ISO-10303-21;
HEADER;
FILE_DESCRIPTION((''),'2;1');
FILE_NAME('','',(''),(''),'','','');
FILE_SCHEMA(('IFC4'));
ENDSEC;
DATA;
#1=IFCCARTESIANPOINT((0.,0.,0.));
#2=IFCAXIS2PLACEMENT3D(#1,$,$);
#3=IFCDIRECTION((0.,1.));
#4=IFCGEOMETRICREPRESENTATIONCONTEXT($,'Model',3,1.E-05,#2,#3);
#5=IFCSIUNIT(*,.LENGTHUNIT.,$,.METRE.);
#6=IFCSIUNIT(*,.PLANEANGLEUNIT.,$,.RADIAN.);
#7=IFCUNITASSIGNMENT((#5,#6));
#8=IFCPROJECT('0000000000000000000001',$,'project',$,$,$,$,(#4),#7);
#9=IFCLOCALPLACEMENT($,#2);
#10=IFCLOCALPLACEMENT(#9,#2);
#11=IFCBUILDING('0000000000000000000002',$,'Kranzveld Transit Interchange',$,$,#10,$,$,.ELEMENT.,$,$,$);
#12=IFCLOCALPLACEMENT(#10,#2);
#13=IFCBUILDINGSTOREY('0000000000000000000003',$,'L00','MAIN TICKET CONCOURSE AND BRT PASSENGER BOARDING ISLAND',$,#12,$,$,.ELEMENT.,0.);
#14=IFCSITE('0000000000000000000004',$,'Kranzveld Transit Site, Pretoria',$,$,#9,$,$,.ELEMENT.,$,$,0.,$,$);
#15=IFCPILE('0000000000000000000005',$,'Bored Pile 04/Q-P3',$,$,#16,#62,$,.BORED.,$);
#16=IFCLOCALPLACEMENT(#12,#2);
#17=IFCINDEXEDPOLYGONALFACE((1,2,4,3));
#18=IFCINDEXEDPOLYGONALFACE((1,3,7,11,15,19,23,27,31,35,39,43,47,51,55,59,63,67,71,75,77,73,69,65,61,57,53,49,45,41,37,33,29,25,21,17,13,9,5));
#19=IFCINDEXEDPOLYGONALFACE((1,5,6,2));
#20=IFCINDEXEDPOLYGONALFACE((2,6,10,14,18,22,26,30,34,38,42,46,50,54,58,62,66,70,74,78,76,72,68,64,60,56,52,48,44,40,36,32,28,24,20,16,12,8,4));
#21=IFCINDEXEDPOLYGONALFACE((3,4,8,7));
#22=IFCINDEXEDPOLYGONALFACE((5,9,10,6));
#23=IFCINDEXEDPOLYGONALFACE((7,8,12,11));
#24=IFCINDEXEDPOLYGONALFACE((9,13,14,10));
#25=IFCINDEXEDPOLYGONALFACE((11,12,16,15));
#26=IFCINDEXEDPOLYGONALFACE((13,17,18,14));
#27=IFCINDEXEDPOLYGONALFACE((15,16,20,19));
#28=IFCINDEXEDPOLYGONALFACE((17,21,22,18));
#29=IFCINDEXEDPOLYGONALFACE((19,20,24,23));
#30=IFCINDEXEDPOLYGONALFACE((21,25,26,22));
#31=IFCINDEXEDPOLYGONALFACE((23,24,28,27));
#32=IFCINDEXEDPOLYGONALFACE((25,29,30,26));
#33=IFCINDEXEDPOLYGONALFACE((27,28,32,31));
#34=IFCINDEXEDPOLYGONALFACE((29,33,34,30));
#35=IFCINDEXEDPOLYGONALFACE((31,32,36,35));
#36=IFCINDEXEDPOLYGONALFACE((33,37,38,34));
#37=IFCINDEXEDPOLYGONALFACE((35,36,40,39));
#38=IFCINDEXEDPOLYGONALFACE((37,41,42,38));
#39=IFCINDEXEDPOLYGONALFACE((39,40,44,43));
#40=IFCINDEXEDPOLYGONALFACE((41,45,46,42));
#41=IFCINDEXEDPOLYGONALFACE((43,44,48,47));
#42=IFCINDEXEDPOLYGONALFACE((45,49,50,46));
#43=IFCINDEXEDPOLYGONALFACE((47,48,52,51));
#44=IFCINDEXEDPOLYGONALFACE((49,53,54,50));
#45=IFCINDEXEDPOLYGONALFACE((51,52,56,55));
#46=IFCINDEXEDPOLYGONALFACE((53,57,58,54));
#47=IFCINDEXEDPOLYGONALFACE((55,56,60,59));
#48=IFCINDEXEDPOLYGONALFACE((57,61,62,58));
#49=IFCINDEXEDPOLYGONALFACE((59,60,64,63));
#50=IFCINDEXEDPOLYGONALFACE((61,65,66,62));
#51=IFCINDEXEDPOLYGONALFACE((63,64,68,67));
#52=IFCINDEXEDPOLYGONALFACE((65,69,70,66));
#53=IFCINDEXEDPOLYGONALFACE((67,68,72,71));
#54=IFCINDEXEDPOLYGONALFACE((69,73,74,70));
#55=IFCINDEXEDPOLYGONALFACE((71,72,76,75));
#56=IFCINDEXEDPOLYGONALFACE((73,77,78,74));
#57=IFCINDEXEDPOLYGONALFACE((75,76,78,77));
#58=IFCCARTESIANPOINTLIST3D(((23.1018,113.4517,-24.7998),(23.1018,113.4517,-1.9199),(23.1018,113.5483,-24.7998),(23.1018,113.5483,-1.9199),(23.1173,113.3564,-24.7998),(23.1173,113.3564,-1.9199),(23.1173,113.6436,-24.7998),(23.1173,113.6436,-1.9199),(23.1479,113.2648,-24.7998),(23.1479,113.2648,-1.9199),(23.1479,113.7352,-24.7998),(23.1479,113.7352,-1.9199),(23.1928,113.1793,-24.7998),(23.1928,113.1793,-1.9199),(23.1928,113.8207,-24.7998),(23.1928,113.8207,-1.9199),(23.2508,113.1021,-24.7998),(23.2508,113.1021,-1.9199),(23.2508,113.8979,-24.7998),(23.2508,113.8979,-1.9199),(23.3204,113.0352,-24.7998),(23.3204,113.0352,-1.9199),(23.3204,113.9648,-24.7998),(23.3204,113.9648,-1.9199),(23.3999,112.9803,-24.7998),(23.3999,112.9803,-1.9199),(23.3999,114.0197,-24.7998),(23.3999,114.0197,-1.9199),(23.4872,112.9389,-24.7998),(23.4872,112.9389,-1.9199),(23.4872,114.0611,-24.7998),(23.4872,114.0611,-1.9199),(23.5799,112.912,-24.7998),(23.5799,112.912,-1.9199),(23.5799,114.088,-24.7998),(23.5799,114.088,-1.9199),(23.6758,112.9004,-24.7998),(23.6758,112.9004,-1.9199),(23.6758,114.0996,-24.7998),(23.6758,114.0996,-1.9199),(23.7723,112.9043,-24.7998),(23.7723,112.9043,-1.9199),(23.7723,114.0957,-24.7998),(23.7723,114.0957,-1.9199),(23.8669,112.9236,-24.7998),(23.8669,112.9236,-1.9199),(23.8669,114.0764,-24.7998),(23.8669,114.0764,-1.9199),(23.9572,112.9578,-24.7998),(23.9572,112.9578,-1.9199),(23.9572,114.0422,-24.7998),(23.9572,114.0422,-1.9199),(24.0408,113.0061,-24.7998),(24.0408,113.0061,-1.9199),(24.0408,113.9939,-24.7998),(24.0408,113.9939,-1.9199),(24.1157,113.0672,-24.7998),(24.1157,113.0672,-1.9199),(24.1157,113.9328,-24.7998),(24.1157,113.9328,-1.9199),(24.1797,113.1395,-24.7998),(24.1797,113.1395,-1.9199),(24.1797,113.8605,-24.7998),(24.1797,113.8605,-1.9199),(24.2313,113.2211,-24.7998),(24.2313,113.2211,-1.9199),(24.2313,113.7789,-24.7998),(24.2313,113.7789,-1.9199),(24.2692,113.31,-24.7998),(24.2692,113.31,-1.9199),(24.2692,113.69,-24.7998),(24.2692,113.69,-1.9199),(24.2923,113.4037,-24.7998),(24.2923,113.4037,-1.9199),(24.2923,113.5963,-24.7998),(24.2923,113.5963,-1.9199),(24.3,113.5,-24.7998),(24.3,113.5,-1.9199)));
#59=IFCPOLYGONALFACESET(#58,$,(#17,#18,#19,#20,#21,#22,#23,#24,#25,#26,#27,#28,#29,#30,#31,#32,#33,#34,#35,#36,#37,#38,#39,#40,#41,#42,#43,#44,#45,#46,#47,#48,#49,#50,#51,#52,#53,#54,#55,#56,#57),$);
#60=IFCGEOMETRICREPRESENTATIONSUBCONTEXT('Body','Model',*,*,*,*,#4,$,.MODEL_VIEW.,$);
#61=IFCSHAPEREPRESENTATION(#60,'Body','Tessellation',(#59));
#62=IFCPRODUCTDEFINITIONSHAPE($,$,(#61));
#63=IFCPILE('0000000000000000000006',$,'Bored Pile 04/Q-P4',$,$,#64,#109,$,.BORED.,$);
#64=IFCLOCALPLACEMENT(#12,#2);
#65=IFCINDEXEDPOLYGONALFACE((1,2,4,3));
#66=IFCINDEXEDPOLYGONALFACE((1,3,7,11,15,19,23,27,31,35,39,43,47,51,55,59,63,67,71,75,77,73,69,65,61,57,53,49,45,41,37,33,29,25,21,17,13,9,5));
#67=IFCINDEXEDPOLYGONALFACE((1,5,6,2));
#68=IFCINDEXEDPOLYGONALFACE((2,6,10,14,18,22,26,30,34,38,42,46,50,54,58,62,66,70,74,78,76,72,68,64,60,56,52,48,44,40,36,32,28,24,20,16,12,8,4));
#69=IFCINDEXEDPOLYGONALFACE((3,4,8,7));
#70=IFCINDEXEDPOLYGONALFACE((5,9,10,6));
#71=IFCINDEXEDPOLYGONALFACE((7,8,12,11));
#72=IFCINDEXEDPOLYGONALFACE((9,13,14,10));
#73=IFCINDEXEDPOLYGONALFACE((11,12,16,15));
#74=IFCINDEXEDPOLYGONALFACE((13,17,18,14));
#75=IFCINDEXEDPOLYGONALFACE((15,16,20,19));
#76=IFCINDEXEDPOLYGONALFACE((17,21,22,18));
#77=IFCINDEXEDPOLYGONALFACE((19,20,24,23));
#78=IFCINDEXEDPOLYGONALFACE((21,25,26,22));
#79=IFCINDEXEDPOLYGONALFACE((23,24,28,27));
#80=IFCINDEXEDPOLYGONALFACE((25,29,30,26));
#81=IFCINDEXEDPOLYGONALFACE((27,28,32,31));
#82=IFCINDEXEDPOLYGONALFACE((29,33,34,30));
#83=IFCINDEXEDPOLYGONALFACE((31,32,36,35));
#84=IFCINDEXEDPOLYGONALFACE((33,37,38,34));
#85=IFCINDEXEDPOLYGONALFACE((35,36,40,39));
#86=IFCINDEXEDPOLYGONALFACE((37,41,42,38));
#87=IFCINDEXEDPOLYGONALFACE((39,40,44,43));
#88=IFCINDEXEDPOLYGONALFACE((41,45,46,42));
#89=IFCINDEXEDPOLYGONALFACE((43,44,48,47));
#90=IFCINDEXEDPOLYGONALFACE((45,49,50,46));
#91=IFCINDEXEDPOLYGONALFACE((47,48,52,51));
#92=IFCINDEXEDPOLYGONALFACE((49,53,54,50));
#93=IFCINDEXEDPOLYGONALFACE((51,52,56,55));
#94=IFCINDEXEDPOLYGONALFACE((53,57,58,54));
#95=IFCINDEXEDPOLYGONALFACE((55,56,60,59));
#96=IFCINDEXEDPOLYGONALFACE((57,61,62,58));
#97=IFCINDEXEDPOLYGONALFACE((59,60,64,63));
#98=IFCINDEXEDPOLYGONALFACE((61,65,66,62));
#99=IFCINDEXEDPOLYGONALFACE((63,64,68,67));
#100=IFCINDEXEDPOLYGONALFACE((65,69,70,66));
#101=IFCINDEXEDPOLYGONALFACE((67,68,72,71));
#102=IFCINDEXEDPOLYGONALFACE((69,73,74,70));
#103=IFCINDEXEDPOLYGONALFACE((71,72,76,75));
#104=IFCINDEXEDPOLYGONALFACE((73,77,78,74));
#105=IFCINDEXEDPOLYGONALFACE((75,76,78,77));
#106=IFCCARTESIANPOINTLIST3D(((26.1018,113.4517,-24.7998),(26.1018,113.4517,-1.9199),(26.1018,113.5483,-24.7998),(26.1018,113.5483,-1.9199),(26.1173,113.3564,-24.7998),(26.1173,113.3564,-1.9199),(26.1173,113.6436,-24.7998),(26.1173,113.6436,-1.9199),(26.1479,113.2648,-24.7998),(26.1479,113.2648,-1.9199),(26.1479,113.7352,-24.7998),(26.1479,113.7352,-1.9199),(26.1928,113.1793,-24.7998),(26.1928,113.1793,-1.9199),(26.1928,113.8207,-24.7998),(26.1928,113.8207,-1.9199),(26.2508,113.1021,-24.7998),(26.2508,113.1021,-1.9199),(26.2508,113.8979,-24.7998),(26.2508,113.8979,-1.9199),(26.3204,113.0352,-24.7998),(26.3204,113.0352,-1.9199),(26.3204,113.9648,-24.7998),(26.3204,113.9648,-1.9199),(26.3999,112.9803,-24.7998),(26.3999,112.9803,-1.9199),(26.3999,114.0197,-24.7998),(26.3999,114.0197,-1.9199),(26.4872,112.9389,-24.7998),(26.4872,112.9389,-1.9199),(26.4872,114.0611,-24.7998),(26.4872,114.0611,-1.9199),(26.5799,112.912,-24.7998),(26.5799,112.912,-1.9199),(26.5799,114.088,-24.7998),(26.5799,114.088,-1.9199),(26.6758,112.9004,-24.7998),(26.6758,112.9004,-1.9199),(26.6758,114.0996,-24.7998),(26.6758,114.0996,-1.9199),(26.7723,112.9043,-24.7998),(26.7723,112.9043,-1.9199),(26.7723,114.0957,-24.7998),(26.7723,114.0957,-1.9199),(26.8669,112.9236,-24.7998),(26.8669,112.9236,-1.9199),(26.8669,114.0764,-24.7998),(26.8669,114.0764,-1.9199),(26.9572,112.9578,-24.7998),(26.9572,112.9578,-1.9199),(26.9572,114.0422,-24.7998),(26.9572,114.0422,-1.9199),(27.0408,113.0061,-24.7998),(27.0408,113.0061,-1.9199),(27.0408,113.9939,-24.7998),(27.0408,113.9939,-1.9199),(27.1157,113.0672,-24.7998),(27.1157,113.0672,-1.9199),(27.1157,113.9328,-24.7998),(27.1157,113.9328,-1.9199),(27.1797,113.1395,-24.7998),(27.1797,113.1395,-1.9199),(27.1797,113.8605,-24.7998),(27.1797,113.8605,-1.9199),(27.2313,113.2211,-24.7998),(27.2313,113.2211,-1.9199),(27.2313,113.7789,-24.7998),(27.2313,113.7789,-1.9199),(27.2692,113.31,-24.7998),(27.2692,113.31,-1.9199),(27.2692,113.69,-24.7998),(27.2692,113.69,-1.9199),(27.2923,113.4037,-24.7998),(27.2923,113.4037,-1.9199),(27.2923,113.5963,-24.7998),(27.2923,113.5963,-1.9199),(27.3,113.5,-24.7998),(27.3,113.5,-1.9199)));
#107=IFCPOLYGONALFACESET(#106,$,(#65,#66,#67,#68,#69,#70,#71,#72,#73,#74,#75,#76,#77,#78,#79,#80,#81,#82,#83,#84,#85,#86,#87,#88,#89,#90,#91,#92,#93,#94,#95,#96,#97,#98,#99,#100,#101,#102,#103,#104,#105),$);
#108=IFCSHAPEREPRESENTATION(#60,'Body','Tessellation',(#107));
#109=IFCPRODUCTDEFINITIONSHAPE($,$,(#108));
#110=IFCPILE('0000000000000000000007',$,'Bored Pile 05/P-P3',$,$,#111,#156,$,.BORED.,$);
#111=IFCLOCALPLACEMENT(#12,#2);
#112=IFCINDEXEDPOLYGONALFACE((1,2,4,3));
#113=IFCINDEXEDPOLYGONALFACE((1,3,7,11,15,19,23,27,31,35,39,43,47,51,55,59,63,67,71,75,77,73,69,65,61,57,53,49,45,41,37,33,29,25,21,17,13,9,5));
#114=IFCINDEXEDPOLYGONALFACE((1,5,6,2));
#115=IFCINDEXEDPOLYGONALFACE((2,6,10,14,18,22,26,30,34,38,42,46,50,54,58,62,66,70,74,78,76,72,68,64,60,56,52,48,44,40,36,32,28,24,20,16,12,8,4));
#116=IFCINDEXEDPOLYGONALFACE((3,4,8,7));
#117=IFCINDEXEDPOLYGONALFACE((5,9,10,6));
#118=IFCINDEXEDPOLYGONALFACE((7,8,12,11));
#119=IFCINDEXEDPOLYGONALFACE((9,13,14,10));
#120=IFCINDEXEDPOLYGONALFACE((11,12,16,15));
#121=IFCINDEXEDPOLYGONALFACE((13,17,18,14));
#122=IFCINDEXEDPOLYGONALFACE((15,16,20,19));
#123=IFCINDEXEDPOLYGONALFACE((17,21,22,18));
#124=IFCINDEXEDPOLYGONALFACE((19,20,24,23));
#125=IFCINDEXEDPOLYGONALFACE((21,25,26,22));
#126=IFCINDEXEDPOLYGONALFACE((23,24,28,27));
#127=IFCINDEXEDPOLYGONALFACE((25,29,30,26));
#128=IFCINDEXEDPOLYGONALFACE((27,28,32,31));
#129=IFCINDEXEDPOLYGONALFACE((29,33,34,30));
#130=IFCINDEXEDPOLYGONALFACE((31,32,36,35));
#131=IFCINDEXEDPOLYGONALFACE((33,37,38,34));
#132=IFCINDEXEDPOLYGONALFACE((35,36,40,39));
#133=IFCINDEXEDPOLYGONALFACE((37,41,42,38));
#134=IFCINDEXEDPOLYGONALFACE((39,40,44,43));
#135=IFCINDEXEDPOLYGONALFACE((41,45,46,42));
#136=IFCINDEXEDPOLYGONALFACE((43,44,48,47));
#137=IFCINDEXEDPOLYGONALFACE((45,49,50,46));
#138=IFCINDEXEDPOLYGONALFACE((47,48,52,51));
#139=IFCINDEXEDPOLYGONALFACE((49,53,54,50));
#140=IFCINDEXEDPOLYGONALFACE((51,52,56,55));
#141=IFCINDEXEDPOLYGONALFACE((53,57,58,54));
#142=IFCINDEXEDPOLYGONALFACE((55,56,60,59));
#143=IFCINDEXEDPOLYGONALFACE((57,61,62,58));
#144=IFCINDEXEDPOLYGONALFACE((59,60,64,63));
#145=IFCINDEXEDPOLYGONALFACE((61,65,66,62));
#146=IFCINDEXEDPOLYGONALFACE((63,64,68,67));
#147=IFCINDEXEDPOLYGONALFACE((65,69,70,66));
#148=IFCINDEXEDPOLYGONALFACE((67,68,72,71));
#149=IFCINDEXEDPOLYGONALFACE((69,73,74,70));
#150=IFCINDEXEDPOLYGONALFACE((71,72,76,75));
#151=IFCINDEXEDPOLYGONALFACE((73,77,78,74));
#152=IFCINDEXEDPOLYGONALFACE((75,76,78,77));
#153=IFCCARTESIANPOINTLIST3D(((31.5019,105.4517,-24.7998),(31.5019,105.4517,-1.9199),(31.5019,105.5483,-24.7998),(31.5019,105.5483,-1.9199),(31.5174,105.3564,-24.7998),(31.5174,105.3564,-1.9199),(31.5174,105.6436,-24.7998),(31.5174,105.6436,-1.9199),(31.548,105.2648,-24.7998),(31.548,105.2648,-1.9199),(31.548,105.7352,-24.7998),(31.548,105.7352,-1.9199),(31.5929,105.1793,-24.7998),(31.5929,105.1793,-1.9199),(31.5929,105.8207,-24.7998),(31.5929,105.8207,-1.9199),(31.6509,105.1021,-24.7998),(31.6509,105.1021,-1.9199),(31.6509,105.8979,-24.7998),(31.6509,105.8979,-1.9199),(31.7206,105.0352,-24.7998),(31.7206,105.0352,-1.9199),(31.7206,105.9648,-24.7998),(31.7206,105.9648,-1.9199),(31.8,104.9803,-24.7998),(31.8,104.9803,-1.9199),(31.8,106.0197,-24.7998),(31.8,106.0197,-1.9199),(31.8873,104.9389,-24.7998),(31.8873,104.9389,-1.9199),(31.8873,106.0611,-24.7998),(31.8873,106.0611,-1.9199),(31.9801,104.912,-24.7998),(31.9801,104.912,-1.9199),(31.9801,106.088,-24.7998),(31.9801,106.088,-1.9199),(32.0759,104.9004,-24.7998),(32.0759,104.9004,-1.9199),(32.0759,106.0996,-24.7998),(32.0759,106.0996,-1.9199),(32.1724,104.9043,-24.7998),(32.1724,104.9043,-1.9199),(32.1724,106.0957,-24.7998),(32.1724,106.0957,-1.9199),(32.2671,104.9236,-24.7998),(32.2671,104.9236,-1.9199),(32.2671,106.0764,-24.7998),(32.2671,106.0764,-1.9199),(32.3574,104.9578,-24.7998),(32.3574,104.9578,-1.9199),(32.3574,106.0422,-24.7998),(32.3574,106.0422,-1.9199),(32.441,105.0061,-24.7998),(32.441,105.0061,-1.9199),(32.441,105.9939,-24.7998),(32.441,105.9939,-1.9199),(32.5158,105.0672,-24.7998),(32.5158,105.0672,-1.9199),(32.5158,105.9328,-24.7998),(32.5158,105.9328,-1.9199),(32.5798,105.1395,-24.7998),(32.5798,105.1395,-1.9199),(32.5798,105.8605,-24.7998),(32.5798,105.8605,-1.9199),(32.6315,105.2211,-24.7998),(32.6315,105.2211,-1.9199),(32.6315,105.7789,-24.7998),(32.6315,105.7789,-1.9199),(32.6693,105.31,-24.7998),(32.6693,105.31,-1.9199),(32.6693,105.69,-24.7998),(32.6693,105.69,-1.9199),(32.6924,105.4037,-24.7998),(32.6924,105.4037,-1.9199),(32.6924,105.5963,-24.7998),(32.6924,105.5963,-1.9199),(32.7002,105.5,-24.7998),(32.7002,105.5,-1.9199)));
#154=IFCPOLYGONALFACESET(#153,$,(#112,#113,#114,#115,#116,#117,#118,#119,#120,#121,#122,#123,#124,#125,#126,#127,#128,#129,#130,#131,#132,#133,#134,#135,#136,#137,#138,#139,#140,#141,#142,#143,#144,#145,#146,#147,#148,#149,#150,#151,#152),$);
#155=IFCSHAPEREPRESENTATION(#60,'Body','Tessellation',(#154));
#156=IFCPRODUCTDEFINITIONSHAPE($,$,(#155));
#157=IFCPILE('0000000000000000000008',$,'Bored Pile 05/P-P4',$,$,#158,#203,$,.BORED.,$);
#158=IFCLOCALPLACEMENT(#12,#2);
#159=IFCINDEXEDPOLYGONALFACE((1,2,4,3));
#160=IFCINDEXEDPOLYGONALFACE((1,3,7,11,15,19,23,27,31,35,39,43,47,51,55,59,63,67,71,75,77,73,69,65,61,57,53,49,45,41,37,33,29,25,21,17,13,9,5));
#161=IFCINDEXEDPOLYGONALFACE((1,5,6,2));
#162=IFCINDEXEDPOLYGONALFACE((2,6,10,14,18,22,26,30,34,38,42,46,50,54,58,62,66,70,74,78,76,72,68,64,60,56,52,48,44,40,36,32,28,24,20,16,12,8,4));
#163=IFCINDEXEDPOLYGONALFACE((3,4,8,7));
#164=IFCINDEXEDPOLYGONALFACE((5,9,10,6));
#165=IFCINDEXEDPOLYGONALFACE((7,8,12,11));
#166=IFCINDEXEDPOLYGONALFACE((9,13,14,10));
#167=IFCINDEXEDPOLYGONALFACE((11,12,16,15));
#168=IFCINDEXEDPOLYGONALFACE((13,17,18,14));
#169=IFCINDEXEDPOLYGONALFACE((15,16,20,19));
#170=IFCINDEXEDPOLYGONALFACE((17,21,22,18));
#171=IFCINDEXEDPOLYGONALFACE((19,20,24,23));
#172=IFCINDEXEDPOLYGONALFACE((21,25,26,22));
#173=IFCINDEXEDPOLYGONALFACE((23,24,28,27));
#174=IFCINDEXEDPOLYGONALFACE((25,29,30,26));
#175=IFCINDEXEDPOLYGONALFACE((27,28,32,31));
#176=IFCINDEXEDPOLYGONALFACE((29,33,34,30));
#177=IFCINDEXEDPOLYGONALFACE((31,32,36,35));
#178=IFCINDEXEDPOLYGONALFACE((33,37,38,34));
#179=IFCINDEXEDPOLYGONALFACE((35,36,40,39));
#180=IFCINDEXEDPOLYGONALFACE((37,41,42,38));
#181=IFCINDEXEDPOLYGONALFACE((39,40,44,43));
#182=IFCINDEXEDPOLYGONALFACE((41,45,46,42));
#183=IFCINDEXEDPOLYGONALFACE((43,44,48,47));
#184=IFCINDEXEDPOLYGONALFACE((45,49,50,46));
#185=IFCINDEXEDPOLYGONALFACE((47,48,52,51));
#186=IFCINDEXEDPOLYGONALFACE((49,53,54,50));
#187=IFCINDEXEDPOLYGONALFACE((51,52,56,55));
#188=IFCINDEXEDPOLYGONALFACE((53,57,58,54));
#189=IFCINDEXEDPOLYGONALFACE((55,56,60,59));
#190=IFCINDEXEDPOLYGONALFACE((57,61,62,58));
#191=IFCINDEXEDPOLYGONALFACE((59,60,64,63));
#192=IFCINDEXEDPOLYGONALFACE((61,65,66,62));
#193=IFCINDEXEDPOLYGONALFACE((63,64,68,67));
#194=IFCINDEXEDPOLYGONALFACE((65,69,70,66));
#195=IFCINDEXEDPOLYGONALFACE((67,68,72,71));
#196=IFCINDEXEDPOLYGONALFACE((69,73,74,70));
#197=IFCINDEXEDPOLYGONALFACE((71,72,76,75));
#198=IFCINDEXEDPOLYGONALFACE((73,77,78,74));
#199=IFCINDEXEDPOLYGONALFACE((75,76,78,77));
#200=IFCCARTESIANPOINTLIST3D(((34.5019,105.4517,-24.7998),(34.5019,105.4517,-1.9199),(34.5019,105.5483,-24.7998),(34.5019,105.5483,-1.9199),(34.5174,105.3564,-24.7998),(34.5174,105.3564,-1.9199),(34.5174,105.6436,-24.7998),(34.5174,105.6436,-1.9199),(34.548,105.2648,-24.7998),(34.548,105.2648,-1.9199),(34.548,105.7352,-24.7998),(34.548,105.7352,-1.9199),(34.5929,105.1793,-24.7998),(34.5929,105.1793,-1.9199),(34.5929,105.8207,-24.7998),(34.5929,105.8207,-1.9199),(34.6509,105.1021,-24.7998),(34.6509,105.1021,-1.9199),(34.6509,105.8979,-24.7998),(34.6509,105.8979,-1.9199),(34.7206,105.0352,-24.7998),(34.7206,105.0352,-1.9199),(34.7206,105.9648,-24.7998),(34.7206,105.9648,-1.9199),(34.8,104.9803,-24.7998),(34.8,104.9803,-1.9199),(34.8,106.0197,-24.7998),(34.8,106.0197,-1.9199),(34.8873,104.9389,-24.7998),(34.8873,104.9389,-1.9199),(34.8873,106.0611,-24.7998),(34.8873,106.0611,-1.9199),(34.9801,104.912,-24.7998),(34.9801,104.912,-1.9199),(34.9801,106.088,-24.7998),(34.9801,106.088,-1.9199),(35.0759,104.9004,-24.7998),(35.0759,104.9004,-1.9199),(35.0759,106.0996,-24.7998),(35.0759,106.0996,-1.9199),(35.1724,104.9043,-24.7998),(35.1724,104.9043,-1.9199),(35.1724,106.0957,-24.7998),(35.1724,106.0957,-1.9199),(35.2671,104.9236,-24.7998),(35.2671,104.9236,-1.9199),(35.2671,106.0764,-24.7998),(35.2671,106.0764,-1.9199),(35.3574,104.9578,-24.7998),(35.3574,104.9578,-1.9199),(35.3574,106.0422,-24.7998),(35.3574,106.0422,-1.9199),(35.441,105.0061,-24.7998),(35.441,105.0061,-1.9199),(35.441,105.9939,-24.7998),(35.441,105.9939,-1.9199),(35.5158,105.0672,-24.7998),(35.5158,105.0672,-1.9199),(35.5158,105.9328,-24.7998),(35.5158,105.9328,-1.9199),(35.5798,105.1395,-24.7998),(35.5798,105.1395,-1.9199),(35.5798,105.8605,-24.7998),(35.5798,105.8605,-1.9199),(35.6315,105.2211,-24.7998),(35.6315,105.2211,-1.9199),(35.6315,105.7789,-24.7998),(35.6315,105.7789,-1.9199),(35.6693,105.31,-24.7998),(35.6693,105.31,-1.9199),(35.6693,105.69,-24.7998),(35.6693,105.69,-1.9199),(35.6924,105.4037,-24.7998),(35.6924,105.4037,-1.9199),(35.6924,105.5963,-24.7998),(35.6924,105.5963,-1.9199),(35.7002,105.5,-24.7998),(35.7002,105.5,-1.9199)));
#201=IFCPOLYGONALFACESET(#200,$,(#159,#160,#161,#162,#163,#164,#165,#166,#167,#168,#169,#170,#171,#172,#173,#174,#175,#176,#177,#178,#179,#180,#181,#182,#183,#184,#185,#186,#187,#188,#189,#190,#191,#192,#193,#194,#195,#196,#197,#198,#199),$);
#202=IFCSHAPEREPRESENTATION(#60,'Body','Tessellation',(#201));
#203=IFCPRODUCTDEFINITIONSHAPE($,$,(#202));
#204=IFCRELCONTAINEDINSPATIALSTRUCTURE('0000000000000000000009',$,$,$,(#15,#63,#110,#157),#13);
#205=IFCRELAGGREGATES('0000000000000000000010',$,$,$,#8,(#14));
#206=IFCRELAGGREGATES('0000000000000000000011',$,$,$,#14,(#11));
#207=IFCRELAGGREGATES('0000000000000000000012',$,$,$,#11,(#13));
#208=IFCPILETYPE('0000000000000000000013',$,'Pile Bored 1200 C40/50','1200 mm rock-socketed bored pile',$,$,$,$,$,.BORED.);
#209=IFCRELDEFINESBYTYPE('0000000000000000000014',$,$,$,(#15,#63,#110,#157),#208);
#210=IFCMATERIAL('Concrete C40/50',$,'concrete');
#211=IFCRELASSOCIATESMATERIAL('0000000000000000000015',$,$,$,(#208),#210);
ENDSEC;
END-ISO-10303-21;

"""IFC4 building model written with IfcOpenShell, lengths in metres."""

from ifc_helpers import new_model, si_unit, direction, frame, origin, origin_2d, place, context, subcontext, project, spatial, circle, extrude, material, material_profile, profile_set, type_object, element, save


model = new_model("IFC4")

# Units and contexts
model_context = context("Model", 3, precision=1e-05, world=origin(), true_north=direction((0.0, 1.0)))
body_context = subcontext(model_context, "Body", "Model", "MODEL_VIEW")
ifc_project = project(units=[si_unit("LENGTHUNIT", "METRE"), si_unit("PLANEANGLEUNIT", "RADIAN")], contexts=[model_context])

# Site, building, storey
site_placement = place(None, origin())
site = spatial("IfcSite", under=ifc_project, at=site_placement, Name="Kranzveld Transit Site, Pretoria", CompositionType="ELEMENT", RefElevation=0.0)
building_placement = place(site_placement, origin())
building = spatial("IfcBuilding", under=site, at=building_placement, Name="Kranzveld Transit Interchange", CompositionType="ELEMENT")
storey_placement = place(building_placement, origin())
storey = spatial("IfcBuildingStorey", under=building, at=storey_placement, Name="L00", Description="MAIN TICKET CONCOURSE AND BRT PASSENGER BOARDING ISLAND", CompositionType="ELEMENT", Elevation=0.0)

# Piles
ifc_material_1 = material(Name="Concrete C40/50", Category="concrete")
ifc_material_profile_1 = material_profile(ifc_material_1, circle(Radius=0.6001, at=origin_2d()), Name="BORED PILE 1200")
ifc_profile_set_1 = profile_set([ifc_material_profile_1], Name="Concrete C40/50")
pile_type_1 = type_object("IfcPileType", Name="Pile Bored 1200 C40/50", Description="1200 mm rock-socketed bored pile", PredefinedType="BORED", material=ifc_profile_set_1)
for number, where, z_axis, x_axis, name in (
    (1, (23.7, 113.5, -1.9199), (0.0, 0.0, -1.0), (1.0, 0.0, 0.0), "Bored Pile 04/Q-P3"),
    (2, (26.7, 113.5, -1.9199), (0.0, 0.0, -1.0), (1.0, 0.0, 0.0), "Bored Pile 04/Q-P4"),
    (3, (32.1001, 105.5, -1.9199), (0.0, 0.0, -1.0), (1.0, 0.0, 0.0), "Bored Pile 05/P-P3"),
    (4, (35.1001, 105.5, -1.9199), (0.0, 0.0, -1.0), (1.0, 0.0, 0.0), "Bored Pile 05/P-P4"),
):
    element("IfcPile", number, at=place(storey_placement, frame(where, z_axis=z_axis, x_axis=x_axis)), inside=storey, type_object=pile_type_1, Name=name, PredefinedType="BORED", context=body_context, shape_type="SweptSolid", body=[
        extrude(circle(Radius=0.6001, at=origin_2d()), origin(), (0.0, 0.0, 1.0), 22.8799),
    ])

save(model, "model.ifc")
